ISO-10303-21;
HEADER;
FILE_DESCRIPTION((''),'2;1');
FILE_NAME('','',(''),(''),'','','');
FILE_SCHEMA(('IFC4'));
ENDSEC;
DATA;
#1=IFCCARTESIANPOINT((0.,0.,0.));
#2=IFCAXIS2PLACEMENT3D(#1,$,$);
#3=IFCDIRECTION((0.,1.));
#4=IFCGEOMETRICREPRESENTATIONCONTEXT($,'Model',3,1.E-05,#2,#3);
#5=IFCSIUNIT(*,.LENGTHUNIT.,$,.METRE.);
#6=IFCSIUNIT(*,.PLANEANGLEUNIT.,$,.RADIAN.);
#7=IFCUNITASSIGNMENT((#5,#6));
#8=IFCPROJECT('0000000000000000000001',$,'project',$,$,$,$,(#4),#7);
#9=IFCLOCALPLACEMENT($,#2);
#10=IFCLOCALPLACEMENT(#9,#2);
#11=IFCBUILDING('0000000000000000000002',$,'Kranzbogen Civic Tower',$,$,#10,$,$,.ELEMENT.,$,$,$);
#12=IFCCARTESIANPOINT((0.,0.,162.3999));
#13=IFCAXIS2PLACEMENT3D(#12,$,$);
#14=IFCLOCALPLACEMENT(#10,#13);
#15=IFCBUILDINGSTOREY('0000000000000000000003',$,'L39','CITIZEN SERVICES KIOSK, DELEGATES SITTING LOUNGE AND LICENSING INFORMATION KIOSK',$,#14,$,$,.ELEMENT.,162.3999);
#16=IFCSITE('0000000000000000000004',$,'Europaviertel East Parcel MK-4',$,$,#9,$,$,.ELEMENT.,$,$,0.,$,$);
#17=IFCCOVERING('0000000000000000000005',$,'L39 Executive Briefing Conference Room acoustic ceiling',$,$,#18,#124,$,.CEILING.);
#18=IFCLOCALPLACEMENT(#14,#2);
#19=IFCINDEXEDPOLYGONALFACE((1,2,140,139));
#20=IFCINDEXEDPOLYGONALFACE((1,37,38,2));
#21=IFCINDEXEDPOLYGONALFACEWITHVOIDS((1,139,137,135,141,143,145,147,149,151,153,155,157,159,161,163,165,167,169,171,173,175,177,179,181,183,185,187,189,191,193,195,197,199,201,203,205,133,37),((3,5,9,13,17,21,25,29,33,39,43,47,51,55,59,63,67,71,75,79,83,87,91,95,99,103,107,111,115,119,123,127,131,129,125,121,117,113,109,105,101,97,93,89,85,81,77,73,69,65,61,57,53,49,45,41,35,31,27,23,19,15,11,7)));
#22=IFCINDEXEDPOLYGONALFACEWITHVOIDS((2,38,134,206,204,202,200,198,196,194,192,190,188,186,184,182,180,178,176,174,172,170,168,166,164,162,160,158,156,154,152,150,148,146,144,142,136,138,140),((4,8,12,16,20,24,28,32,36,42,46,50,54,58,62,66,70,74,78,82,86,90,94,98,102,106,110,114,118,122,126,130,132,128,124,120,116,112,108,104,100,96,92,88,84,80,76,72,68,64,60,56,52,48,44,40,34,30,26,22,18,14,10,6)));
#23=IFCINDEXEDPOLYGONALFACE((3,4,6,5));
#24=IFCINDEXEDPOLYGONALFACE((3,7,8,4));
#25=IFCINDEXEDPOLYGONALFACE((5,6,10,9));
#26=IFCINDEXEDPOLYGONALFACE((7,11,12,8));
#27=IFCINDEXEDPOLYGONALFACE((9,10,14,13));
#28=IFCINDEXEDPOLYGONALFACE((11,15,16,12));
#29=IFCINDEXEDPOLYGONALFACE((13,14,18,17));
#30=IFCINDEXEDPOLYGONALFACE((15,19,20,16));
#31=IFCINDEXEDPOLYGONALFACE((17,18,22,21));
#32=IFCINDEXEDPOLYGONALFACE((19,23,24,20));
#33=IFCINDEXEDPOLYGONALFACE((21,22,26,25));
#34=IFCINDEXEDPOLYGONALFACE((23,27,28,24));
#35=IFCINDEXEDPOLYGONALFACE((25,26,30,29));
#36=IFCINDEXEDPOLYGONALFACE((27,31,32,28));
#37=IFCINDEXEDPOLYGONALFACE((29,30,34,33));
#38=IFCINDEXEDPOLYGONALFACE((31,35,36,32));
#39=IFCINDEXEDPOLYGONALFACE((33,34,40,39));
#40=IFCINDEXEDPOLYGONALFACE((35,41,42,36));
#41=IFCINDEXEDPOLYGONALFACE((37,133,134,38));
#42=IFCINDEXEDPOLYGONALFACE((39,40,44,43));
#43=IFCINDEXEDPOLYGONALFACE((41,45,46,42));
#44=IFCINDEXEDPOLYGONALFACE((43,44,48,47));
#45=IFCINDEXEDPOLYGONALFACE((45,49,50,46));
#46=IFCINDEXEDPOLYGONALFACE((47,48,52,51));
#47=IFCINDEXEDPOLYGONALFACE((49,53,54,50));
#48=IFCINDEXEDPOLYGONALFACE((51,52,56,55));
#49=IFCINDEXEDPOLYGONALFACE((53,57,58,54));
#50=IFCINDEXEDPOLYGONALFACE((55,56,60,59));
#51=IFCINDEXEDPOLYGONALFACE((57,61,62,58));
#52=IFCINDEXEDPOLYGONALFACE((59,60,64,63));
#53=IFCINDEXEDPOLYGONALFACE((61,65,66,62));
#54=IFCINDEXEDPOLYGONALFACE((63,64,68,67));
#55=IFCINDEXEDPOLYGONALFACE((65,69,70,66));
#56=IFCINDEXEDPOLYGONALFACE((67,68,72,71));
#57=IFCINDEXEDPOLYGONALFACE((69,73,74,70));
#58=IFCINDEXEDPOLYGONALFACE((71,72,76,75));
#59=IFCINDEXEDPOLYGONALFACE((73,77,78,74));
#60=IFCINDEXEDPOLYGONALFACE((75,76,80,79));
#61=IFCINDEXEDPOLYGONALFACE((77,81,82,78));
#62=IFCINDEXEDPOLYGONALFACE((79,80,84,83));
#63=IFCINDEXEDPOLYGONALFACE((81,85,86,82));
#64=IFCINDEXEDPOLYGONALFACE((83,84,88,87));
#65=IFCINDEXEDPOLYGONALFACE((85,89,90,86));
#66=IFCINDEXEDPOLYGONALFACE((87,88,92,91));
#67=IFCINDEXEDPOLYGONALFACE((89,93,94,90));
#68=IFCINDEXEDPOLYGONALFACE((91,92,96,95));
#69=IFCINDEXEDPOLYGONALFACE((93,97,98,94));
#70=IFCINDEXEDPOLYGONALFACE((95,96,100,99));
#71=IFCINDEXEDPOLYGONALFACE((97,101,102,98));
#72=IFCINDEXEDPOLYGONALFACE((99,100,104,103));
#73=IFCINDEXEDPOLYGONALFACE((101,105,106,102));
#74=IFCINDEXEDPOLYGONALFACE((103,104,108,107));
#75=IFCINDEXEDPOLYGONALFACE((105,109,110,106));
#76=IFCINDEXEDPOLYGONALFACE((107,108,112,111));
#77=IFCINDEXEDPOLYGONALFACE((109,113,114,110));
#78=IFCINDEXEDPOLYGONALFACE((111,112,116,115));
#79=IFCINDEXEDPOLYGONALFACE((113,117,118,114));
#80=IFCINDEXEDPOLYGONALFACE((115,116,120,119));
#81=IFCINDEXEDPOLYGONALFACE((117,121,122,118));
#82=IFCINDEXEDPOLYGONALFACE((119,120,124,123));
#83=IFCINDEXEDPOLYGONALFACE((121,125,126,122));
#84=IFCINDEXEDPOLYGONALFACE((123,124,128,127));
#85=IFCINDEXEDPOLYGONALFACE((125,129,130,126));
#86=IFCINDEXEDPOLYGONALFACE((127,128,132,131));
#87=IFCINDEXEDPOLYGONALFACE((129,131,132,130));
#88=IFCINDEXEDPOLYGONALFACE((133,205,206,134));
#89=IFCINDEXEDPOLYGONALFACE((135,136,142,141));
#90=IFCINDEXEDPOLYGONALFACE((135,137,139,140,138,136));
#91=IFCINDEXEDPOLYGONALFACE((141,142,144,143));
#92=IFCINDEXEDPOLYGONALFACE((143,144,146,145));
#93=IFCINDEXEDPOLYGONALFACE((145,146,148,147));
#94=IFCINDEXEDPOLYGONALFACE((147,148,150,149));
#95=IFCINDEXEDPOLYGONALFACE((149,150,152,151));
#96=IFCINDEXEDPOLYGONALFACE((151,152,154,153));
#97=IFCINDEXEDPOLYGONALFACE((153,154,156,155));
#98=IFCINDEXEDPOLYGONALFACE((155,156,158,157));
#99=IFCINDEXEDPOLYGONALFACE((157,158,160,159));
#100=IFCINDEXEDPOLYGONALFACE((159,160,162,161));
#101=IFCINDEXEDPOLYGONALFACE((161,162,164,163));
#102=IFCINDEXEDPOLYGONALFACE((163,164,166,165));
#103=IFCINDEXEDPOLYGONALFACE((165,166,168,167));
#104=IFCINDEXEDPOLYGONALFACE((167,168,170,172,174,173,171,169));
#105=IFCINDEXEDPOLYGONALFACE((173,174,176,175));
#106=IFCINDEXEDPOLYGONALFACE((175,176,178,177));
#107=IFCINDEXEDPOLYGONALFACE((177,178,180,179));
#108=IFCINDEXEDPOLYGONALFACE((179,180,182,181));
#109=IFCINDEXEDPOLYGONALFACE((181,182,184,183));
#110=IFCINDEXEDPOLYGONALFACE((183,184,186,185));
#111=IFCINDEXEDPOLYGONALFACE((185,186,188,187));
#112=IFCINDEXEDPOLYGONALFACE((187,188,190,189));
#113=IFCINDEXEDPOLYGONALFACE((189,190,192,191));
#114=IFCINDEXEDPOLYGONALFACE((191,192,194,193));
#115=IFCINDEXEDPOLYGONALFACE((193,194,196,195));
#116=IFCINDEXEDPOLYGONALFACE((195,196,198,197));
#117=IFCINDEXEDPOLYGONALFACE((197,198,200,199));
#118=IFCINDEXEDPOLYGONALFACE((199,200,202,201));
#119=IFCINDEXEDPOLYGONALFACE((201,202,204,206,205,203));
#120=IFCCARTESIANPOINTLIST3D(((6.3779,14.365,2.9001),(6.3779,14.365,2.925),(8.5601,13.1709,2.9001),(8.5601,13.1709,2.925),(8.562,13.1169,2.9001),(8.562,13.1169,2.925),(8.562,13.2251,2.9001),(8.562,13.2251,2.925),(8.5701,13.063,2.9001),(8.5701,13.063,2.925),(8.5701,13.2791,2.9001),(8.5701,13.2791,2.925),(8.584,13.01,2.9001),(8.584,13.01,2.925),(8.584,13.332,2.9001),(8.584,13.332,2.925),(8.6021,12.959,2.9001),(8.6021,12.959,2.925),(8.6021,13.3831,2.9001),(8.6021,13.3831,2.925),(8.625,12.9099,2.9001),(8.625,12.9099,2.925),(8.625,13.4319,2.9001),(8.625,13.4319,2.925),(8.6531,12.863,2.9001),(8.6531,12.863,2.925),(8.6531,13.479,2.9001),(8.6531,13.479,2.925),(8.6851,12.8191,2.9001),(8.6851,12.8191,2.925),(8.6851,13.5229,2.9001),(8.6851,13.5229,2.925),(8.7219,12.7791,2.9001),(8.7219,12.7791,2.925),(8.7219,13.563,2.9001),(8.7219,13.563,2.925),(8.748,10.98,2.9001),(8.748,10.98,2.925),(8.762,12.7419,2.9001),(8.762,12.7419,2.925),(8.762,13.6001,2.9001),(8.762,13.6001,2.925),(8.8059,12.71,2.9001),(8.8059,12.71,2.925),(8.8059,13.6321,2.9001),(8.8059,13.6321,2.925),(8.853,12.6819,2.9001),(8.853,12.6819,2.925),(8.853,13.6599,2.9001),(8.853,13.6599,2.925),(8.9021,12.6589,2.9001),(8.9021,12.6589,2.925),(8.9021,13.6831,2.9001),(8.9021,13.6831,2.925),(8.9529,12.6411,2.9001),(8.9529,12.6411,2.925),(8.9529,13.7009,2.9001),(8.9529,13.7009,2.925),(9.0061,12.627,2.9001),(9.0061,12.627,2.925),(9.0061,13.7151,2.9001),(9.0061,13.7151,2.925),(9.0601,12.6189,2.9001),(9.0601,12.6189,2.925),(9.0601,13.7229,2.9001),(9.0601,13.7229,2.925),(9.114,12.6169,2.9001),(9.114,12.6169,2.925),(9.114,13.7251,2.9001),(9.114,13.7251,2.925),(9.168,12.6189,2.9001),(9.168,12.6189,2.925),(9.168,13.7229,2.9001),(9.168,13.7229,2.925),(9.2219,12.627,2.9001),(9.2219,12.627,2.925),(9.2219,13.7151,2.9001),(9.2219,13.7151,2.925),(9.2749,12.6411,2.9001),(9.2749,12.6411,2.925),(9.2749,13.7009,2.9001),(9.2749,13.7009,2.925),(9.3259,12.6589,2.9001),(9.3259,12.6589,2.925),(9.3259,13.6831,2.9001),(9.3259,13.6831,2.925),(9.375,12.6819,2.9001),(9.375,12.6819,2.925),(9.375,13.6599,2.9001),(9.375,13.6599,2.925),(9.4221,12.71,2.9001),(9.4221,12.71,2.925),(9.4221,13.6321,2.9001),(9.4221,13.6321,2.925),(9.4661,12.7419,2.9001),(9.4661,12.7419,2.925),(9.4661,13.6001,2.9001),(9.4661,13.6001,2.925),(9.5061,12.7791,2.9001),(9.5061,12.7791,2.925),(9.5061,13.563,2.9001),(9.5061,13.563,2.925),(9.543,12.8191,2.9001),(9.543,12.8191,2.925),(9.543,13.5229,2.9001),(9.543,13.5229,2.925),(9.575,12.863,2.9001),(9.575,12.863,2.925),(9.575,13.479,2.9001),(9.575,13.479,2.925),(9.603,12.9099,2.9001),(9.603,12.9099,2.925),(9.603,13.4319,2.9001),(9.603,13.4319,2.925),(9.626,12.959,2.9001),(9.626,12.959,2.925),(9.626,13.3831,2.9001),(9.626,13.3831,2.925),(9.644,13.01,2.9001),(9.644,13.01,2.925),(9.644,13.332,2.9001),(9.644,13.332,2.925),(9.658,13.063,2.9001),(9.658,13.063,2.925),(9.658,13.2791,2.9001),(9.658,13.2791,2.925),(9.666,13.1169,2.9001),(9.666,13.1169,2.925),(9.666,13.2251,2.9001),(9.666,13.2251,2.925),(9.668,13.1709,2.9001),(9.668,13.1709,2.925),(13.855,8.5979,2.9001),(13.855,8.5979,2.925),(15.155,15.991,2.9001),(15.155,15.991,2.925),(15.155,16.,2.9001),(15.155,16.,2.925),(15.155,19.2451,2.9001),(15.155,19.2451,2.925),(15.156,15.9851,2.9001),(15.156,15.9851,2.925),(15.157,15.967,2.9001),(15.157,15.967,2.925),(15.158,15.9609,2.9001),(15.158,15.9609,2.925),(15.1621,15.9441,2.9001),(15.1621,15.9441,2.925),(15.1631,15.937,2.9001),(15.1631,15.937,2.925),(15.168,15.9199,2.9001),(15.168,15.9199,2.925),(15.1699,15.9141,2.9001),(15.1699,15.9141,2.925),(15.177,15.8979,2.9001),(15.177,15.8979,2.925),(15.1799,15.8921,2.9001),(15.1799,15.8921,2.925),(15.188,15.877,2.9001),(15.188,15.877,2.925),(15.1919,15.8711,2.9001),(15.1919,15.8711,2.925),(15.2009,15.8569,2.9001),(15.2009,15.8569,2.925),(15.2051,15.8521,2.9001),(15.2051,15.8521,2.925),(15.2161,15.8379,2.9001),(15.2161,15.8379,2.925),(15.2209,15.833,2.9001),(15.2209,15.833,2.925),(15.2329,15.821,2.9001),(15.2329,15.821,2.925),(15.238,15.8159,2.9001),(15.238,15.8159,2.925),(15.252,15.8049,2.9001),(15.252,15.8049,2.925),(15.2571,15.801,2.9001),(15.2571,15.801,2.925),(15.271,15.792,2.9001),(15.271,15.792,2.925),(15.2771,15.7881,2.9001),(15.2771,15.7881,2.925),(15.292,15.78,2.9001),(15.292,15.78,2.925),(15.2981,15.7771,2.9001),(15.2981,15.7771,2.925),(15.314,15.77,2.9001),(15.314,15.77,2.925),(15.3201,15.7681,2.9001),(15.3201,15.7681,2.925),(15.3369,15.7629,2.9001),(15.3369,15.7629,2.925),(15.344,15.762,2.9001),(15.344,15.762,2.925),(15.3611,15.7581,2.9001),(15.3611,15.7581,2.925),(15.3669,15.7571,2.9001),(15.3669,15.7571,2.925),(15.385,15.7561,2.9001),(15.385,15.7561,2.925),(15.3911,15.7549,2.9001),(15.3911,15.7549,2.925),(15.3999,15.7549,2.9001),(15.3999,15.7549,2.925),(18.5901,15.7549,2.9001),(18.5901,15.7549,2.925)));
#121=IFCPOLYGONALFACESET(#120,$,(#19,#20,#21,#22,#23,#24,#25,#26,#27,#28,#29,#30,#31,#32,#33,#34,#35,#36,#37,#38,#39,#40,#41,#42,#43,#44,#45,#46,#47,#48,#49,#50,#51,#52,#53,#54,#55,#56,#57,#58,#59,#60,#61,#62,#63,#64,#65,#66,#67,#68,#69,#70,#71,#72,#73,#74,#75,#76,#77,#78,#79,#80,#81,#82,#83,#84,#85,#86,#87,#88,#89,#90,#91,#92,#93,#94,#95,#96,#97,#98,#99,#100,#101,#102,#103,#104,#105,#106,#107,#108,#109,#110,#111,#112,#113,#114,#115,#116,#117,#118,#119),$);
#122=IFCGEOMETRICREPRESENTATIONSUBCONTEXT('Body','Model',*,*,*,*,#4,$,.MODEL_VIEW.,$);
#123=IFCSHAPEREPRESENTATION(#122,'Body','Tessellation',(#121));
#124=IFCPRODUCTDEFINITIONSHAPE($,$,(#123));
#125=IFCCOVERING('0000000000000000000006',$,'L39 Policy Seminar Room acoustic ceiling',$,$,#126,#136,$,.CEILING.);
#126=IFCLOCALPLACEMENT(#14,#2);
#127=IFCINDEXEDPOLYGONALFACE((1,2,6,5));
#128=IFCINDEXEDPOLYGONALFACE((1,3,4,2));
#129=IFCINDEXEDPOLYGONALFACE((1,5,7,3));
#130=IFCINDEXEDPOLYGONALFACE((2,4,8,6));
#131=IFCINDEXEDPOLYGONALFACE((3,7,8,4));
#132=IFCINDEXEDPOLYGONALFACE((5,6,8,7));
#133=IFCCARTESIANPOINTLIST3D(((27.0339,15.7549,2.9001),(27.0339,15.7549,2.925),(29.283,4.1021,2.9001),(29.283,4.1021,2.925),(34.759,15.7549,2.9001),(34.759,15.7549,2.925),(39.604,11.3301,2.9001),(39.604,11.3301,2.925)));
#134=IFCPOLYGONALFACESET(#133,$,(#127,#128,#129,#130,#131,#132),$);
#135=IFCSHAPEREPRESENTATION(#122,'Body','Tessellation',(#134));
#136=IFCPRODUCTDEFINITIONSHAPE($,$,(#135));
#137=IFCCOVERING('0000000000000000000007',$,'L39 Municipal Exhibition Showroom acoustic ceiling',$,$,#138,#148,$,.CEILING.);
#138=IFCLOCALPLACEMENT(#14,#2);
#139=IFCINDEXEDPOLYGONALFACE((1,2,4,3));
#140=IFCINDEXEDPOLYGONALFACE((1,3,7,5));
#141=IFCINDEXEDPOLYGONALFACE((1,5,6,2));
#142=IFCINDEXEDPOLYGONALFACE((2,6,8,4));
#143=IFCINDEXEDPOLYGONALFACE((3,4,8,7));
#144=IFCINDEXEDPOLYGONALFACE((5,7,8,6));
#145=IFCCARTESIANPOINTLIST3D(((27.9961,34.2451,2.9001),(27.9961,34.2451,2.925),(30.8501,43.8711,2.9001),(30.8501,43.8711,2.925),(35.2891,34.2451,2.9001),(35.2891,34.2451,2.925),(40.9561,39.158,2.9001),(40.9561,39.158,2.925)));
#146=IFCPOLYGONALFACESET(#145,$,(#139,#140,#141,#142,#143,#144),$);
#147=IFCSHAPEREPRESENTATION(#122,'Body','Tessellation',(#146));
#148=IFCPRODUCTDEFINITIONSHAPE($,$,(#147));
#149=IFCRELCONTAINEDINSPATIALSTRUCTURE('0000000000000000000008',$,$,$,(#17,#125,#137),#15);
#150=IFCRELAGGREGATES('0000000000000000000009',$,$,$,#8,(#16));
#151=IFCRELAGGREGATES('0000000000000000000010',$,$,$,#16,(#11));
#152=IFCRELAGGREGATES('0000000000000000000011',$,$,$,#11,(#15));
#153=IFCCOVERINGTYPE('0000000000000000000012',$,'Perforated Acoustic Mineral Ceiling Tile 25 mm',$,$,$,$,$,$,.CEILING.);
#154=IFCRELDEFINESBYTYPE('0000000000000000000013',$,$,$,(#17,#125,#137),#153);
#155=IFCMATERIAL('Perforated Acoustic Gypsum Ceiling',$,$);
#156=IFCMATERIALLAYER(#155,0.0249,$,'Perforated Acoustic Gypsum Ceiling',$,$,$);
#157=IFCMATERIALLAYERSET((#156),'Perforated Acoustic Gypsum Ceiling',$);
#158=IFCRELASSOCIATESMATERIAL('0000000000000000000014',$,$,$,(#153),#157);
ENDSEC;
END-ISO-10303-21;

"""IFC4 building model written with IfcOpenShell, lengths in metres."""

from ifc_helpers import new_model, si_unit, direction, frame, origin, place, context, subcontext, project, spatial, polyline, outline, extrude, material, layer, layer_set, type_object, element, save


model = new_model("IFC4")

# Units and contexts
model_context = context("Model", 3, precision=1e-05, world=origin(), true_north=direction((0.0, 1.0)))
body_context = subcontext(model_context, "Body", "Model", "MODEL_VIEW")
ifc_project = project(units=[si_unit("LENGTHUNIT", "METRE"), si_unit("PLANEANGLEUNIT", "RADIAN")], contexts=[model_context])

# Site, building, storey
site_placement = place(None, origin())
site = spatial("IfcSite", under=ifc_project, at=site_placement, Name="Europaviertel East Parcel MK-4", CompositionType="ELEMENT", RefElevation=0.0)
building_placement = place(site_placement, origin())
building = spatial("IfcBuilding", under=site, at=building_placement, Name="Kranzbogen Civic Tower", CompositionType="ELEMENT")
storey_placement = place(building_placement, frame((0.0, 0.0, 162.3999)))
storey = spatial("IfcBuildingStorey", under=building, at=storey_placement, Name="L39", Description="CITIZEN SERVICES KIOSK, DELEGATES SITTING LOUNGE AND LICENSING INFORMATION KIOSK", CompositionType="ELEMENT", Elevation=162.3999)

# Coverings
ifc_material_1 = material(Name="Perforated Acoustic Gypsum Ceiling")
ifc_layer_1 = layer(ifc_material_1, 0.0249, Name="Perforated Acoustic Gypsum Ceiling")
ifc_layer_set_1 = layer_set([ifc_layer_1], Name="Perforated Acoustic Gypsum Ceiling")
covering_type_1 = type_object("IfcCoveringType", Name="Perforated Acoustic Mineral Ceiling Tile 25 mm", PredefinedType="CEILING", material=ifc_layer_set_1)
covering_1_placement = place(storey_placement, frame((0.0, 0.0, 2.9001)))
element("IfcCovering", 1, at=covering_1_placement, inside=storey, type_object=covering_type_1, Name="L39 Executive Briefing Conference Room acoustic ceiling", PredefinedType="CEILING", context=body_context, shape_type="SweptSolid", body=[
    extrude(outline(polyline([(6.3779, 14.365), (15.155, 19.2451), (15.155, 16.0), (15.155, 15.991), (15.156, 15.9851), (15.157, 15.967), (15.158, 15.9609), (15.1621, 15.9441), (15.1631, 15.937), (15.168, 15.9199), (15.1699, 15.9141), (15.177, 15.8979), (15.1799, 15.8921), (15.188, 15.877), (15.1919, 15.8711), (15.2009, 15.8569), (15.2051, 15.8521), (15.2161, 15.8379), (15.2209, 15.833), (15.2329, 15.821), (15.238, 15.8159), (15.252, 15.8049), (15.2571, 15.801), (15.271, 15.792), (15.2771, 15.7881), (15.292, 15.78), (15.2981, 15.7771), (15.314, 15.77), (15.3201, 15.7681), (15.3369, 15.7629), (15.344, 15.762), (15.3611, 15.7581), (15.3669, 15.7571), (15.385, 15.7561), (15.3911, 15.7549), (15.3999, 15.7549), (18.5901, 15.7549), (13.855, 8.5979), (8.748, 10.98), (6.3779, 14.365)]), holes=[polyline([(9.626, 12.959), (9.603, 12.9099), (9.575, 12.863), (9.543, 12.8191), (9.5061, 12.7791), (9.4661, 12.7419), (9.4221, 12.71), (9.375, 12.6819), (9.3259, 12.6589), (9.2749, 12.6411), (9.2219, 12.627), (9.168, 12.6189), (9.114, 12.6169), (9.0601, 12.6189), (9.0061, 12.627), (8.9529, 12.6411), (8.9021, 12.6589), (8.853, 12.6819), (8.8059, 12.71), (8.762, 12.7419), (8.7219, 12.7791), (8.6851, 12.8191), (8.6531, 12.863), (8.625, 12.9099), (8.6021, 12.959), (8.584, 13.01), (8.5701, 13.063), (8.562, 13.1169), (8.5601, 13.1709), (8.562, 13.2251), (8.5701, 13.2791), (8.584, 13.332), (8.6021, 13.3831), (8.625, 13.4319), (8.6531, 13.479), (8.6851, 13.5229), (8.7219, 13.563), (8.762, 13.6001), (8.8059, 13.6321), (8.853, 13.6599), (8.9021, 13.6831), (8.9529, 13.7009), (9.0061, 13.7151), (9.0601, 13.7229), (9.114, 13.7251), (9.168, 13.7229), (9.2219, 13.7151), (9.2749, 13.7009), (9.3259, 13.6831), (9.375, 13.6599), (9.4221, 13.6321), (9.4661, 13.6001), (9.5061, 13.563), (9.543, 13.5229), (9.575, 13.479), (9.603, 13.4319), (9.626, 13.3831), (9.644, 13.332), (9.658, 13.2791), (9.666, 13.2251), (9.668, 13.1709), (9.666, 13.1169), (9.658, 13.063), (9.644, 13.01), (9.626, 12.959)])]), origin(), (0.0, 0.0, 1.0), 0.0249),
])
covering_2_placement = place(storey_placement, frame((0.0, 0.0, 2.9001)))
element("IfcCovering", 2, at=covering_2_placement, inside=storey, type_object=covering_type_1, Name="L39 Policy Seminar Room acoustic ceiling", PredefinedType="CEILING", context=body_context, shape_type="SweptSolid", body=[
    extrude(outline(polyline([(27.0339, 15.7549), (34.759, 15.7549), (39.604, 11.3301), (29.283, 4.1021), (27.0339, 15.7549)])), origin(), (0.0, 0.0, 1.0), 0.0249),
])
covering_3_placement = place(storey_placement, frame((0.0, 0.0, 2.9001)))
element("IfcCovering", 3, at=covering_3_placement, inside=storey, type_object=covering_type_1, Name="L39 Municipal Exhibition Showroom acoustic ceiling", PredefinedType="CEILING", context=body_context, shape_type="SweptSolid", body=[
    extrude(outline(polyline([(35.2891, 34.2451), (27.9961, 34.2451), (30.8501, 43.8711), (40.9561, 39.158), (35.2891, 34.2451)])), origin(), (0.0, 0.0, 1.0), 0.0249),
])

save(model, "model.ifc")
